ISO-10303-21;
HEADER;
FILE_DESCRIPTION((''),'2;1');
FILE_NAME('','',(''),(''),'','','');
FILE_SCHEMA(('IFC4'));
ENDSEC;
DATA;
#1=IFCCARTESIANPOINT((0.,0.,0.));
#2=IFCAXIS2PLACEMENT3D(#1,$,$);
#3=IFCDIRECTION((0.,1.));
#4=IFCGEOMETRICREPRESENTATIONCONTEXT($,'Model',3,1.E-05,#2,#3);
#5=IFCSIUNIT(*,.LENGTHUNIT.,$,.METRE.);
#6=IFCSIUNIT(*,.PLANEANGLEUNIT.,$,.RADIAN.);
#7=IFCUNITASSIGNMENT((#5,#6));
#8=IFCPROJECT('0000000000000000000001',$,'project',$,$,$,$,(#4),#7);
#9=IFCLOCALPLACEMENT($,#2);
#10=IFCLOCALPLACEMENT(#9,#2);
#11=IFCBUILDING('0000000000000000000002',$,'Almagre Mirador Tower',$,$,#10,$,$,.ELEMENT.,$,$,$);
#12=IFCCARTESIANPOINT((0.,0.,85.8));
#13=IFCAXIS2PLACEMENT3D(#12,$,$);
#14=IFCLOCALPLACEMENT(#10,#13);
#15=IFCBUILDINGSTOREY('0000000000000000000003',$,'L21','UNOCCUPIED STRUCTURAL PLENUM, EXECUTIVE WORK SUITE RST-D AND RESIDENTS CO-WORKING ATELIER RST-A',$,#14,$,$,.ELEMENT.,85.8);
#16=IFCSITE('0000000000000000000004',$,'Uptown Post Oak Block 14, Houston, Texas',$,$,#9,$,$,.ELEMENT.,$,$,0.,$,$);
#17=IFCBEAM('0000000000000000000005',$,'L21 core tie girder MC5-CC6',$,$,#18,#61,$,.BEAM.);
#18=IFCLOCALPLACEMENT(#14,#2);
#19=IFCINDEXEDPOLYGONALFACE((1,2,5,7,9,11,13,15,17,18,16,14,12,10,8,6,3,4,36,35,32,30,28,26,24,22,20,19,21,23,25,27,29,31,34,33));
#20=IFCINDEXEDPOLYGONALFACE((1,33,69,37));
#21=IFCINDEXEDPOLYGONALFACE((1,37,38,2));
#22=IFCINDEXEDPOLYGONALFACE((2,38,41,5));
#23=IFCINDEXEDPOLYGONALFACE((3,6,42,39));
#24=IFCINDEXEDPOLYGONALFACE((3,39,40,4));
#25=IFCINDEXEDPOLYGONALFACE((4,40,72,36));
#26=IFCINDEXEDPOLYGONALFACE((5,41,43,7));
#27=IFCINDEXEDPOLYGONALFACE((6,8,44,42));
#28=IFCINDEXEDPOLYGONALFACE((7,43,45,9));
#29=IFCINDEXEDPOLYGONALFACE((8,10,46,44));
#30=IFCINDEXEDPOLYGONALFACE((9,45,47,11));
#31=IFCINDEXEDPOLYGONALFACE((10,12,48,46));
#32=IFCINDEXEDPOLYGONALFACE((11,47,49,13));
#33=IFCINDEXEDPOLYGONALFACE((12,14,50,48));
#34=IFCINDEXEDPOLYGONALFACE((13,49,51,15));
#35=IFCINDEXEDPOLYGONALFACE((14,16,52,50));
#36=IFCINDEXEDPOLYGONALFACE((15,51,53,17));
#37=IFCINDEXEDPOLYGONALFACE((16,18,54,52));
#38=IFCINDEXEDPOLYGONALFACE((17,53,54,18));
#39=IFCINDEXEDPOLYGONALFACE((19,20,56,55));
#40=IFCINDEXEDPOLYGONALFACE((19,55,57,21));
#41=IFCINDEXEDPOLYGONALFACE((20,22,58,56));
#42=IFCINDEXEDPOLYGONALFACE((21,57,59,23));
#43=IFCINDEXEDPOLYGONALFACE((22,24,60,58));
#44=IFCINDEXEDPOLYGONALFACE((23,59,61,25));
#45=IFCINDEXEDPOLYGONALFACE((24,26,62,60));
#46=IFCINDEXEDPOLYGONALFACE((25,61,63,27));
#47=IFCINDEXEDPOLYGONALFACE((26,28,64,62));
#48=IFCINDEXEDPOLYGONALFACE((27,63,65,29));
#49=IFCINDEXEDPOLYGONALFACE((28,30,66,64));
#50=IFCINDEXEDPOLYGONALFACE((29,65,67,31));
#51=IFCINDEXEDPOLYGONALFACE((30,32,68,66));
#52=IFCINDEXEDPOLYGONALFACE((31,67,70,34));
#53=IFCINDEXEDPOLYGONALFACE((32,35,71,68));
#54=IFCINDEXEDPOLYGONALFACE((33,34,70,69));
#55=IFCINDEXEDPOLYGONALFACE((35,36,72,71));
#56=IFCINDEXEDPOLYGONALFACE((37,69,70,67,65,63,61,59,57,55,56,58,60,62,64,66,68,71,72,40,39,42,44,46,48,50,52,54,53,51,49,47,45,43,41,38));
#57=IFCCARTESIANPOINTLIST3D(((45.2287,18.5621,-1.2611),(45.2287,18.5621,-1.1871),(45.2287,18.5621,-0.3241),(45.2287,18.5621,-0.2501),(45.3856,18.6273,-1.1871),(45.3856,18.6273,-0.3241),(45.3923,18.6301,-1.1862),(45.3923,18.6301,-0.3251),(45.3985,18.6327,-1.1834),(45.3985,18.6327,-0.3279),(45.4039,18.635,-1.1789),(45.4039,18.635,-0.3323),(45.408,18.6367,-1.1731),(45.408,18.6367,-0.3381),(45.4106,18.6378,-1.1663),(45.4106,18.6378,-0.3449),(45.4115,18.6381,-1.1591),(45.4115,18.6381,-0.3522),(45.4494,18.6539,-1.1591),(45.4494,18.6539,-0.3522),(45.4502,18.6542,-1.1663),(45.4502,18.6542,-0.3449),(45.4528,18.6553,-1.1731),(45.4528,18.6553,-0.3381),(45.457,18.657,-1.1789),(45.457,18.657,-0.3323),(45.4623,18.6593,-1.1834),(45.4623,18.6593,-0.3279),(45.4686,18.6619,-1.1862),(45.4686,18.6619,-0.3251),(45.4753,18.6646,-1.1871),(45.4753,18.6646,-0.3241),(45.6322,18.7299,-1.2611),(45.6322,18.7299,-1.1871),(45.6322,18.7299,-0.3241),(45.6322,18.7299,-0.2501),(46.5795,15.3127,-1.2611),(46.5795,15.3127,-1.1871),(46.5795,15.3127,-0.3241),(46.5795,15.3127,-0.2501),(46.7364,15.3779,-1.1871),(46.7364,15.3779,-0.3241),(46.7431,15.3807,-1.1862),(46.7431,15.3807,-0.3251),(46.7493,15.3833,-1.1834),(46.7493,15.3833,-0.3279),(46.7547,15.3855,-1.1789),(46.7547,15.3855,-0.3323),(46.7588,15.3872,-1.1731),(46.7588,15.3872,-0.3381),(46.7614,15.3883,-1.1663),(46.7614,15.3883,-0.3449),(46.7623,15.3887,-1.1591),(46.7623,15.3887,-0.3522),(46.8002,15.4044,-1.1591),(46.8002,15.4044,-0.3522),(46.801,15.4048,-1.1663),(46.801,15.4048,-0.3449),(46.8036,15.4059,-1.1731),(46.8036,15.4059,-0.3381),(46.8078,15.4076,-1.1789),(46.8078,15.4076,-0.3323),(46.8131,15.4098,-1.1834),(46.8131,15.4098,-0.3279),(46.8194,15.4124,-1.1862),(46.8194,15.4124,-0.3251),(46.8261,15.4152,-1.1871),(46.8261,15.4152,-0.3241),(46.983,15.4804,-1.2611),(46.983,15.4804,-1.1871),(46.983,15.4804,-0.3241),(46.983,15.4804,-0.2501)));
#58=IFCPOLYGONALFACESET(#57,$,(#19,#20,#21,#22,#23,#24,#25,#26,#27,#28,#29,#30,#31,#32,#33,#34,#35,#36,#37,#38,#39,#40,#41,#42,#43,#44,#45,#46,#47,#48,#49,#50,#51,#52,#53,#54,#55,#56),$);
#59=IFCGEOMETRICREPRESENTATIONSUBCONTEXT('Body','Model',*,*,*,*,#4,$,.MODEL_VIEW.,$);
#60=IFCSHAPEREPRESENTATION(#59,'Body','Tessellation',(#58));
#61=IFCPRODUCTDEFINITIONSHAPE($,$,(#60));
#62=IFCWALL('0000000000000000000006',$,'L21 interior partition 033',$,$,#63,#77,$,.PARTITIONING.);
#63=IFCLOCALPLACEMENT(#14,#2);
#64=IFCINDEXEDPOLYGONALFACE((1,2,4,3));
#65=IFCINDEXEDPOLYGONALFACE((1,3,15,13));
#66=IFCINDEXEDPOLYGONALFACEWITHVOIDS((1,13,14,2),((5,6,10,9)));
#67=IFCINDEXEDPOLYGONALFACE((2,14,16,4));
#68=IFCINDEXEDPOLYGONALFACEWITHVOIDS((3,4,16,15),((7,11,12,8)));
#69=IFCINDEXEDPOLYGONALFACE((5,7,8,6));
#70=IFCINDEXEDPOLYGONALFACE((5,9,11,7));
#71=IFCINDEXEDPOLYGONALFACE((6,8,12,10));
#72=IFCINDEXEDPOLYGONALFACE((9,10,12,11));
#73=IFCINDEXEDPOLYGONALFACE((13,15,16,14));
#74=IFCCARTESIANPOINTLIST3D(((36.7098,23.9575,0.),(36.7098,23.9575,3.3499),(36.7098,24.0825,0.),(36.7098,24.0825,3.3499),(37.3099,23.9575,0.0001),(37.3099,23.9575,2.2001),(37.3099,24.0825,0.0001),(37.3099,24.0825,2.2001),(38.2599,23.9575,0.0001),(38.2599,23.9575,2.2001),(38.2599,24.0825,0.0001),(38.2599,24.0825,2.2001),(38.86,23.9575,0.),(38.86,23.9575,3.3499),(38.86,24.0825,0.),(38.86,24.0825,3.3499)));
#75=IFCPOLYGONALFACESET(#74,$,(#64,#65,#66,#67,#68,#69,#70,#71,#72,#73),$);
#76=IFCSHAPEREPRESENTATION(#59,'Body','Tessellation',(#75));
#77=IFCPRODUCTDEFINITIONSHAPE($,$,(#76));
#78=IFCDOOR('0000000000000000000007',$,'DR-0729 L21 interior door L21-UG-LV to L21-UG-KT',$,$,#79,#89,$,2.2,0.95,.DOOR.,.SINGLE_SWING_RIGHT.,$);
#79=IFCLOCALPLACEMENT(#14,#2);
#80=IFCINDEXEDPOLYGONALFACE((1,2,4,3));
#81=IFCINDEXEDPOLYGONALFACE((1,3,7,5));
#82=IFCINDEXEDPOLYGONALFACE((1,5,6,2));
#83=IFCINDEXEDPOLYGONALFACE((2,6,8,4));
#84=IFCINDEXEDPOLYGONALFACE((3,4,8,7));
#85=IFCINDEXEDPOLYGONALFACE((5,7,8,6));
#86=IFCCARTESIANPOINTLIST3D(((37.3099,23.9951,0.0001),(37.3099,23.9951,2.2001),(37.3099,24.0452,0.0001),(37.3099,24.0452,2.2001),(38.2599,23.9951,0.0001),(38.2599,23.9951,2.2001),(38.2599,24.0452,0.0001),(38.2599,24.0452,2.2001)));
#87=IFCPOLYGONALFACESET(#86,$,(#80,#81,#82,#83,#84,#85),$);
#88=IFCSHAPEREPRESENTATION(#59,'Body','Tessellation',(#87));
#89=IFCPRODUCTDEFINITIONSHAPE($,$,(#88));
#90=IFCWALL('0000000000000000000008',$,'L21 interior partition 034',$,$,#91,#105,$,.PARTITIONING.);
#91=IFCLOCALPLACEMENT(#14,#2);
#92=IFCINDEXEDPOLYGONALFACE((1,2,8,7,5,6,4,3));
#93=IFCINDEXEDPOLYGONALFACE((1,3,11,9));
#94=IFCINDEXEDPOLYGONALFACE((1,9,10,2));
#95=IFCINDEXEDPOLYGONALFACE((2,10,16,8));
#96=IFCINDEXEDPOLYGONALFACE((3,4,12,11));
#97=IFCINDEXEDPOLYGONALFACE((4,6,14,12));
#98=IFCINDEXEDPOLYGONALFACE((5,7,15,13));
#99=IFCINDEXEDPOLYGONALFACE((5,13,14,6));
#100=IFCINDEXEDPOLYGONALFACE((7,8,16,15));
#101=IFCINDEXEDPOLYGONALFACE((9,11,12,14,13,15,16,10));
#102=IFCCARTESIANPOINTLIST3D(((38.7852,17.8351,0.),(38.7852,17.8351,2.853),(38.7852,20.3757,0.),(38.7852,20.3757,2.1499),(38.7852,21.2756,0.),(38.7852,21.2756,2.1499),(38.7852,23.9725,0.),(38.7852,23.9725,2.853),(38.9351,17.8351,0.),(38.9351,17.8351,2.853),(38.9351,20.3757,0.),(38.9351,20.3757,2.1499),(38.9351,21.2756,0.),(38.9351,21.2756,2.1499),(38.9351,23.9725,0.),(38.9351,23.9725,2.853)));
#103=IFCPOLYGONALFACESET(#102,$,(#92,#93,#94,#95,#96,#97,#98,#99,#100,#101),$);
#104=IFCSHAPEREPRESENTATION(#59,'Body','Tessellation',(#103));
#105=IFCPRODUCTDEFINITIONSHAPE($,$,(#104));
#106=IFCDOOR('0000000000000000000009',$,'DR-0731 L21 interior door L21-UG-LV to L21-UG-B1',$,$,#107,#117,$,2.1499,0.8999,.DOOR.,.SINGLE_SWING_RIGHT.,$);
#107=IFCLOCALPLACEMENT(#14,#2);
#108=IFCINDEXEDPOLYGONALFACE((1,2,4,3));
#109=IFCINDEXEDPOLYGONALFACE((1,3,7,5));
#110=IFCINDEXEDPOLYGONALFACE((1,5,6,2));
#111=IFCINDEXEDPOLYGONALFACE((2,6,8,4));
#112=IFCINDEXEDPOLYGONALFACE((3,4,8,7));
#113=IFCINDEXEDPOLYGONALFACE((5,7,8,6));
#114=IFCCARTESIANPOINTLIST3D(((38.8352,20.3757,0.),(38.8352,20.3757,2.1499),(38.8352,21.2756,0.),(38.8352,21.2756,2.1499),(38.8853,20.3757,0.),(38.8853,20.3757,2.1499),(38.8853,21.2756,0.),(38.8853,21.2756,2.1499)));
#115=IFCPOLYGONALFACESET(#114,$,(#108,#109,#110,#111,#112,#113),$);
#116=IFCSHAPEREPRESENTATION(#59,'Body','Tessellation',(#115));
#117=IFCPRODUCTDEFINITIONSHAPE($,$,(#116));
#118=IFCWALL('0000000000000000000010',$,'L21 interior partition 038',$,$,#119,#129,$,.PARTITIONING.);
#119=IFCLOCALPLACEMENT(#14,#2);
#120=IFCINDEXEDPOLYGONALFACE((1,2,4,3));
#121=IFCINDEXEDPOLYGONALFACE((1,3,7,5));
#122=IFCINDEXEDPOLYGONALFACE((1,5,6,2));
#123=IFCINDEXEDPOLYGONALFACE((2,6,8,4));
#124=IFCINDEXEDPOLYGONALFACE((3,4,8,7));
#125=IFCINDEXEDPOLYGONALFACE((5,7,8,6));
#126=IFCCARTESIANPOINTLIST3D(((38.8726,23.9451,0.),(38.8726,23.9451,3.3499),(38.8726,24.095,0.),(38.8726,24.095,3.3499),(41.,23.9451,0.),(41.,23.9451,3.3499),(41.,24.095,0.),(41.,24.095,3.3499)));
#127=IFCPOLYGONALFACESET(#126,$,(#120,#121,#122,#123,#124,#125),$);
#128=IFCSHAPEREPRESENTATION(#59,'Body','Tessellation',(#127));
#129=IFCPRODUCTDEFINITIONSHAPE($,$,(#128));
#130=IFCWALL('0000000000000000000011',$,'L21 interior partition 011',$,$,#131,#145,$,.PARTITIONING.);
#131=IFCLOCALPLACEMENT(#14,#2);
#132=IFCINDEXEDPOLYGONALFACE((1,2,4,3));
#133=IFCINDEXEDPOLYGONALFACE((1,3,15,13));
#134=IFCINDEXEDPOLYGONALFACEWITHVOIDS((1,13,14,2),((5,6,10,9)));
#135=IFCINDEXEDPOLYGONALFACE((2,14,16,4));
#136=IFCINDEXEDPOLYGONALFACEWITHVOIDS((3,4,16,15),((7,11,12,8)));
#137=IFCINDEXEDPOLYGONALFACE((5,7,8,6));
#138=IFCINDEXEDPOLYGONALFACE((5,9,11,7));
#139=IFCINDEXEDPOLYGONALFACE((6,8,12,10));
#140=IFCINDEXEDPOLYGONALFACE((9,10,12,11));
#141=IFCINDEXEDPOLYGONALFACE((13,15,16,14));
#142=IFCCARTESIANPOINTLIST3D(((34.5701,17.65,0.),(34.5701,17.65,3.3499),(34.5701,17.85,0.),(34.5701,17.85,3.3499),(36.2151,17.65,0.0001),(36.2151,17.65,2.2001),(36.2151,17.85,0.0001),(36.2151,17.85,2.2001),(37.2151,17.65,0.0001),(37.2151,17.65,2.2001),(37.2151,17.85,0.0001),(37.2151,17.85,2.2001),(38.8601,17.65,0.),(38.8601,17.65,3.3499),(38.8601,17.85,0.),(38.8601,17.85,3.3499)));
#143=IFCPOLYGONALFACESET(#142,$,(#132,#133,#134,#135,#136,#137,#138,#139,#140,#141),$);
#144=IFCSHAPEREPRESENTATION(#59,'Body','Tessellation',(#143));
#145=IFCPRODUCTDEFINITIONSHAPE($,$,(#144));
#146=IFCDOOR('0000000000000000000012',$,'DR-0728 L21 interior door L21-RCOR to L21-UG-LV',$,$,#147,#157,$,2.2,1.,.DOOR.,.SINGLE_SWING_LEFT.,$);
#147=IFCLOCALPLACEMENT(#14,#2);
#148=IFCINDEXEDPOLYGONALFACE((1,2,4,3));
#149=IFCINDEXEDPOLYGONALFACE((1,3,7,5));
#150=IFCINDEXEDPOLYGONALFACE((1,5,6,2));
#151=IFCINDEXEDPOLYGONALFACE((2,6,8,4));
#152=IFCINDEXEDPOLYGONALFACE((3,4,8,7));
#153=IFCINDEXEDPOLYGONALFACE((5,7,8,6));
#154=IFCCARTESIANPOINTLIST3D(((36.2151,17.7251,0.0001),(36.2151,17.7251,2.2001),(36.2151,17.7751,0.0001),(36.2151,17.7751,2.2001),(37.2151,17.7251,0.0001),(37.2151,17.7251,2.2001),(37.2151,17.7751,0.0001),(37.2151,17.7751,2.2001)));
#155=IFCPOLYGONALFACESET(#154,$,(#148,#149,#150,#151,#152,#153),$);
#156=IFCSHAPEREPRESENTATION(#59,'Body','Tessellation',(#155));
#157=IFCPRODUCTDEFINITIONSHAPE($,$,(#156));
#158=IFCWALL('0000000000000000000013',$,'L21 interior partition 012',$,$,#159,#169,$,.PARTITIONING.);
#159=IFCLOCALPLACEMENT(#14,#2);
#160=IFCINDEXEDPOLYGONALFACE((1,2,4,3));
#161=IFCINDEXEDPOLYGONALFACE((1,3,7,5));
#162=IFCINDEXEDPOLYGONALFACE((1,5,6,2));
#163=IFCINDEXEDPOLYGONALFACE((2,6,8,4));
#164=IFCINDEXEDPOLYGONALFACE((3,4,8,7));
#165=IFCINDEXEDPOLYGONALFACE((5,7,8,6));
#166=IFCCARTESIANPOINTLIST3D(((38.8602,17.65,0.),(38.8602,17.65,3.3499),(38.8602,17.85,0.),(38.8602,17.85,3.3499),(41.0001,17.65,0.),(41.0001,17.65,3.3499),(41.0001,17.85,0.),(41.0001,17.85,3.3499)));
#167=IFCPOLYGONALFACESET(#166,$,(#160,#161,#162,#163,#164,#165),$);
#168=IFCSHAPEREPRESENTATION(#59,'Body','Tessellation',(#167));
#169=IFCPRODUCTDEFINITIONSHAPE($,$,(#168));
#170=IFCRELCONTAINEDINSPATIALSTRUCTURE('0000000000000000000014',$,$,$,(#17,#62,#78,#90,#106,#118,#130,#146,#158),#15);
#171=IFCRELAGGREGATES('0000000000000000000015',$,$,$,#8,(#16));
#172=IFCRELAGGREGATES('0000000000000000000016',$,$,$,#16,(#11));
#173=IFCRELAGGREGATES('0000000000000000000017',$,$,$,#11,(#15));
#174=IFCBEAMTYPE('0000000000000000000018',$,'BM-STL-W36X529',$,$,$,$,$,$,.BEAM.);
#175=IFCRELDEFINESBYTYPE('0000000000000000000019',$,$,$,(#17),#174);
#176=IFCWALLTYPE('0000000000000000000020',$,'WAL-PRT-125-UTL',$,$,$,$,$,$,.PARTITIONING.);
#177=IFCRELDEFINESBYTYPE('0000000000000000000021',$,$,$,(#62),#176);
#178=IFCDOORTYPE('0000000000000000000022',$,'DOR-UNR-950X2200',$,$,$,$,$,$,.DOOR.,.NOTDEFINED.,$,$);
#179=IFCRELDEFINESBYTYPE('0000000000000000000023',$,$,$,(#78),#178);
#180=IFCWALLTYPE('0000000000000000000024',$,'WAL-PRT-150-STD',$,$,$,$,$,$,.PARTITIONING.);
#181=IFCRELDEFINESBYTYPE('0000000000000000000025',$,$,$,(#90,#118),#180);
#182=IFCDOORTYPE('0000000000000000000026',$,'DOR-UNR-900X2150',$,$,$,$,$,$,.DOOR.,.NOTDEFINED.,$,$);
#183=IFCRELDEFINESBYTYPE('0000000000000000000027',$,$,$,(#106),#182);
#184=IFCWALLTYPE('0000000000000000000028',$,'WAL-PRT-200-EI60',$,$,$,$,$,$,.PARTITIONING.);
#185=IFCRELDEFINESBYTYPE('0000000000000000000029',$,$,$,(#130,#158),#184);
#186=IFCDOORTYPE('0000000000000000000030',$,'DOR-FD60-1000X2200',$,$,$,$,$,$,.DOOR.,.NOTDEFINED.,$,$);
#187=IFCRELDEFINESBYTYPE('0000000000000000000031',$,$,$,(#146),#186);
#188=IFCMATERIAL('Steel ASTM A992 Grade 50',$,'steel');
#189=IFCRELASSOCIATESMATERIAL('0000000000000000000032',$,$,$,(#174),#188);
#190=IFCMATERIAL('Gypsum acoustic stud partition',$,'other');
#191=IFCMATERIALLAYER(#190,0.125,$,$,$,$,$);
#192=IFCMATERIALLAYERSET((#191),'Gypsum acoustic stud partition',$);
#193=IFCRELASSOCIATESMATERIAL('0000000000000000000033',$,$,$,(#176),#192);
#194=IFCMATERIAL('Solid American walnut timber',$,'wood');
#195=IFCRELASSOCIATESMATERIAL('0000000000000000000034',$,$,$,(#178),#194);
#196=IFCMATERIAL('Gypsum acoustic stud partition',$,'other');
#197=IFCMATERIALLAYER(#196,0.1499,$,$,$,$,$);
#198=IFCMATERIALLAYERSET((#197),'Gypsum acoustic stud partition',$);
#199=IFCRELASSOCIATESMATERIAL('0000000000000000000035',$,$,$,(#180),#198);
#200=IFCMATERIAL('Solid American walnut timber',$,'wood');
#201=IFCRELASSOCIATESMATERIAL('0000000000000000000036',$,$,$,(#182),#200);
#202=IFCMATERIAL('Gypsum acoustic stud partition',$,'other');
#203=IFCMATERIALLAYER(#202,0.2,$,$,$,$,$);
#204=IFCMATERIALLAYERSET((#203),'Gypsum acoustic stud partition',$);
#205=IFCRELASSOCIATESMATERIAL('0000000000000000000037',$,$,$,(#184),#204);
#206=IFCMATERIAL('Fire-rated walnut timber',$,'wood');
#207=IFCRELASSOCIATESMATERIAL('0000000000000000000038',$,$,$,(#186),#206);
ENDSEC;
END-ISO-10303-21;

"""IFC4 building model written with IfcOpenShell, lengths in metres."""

from ifc_helpers import new_model, si_unit, direction, frame, frame_2d, origin, origin_2d, place, context, subcontext, project, spatial, rectangle, i_section, extrude, material, layer, layer_set, material_profile, profile_set, type_object, element, fill, save


model = new_model("IFC4")

# Units and contexts
model_context = context("Model", 3, precision=1e-05, world=origin(), true_north=direction((0.0, 1.0)))
body_context = subcontext(model_context, "Body", "Model", "MODEL_VIEW")
ifc_project = project(units=[si_unit("LENGTHUNIT", "METRE"), si_unit("PLANEANGLEUNIT", "RADIAN")], contexts=[model_context])

# Site, building, storey
site_placement = place(None, origin())
site = spatial("IfcSite", under=ifc_project, at=site_placement, Name="Uptown Post Oak Block 14, Houston, Texas", CompositionType="ELEMENT", RefElevation=0.0)
building_placement = place(site_placement, origin())
building = spatial("IfcBuilding", under=site, at=building_placement, Name="Almagre Mirador Tower", CompositionType="ELEMENT")
storey_placement = place(building_placement, frame((0.0, 0.0, 85.8)))
storey = spatial("IfcBuildingStorey", under=building, at=storey_placement, Name="L21", Description="UNOCCUPIED STRUCTURAL PLENUM, EXECUTIVE WORK SUITE RST-D AND RESIDENTS CO-WORKING ATELIER RST-A", CompositionType="ELEMENT", Elevation=85.8)

# Beam
ifc_material_1 = material(Name="Steel ASTM A992 Grade 50", Category="steel")
ifc_material_profile_1 = material_profile(ifc_material_1, i_section(OverallWidth=0.437, OverallDepth=1.011, WebThickness=0.041, FlangeThickness=0.074, FilletRadius=0.0281, at=origin_2d()), Name="W36X529")
ifc_profile_set_1 = profile_set([ifc_material_profile_1], Name="Steel ASTM A992 Grade 50")
beam_type_1 = type_object("IfcBeamType", Name="BM-STL-W36X529", PredefinedType="BEAM", material=ifc_profile_set_1)
beam_1_placement = place(storey_placement, frame((45.4304, 18.646, -0.7556), z_axis=(0.383857, -0.923393, 0.0), x_axis=(0.923393, 0.383857, 0.0)))
element("IfcBeam", 1, at=beam_1_placement, inside=storey, type_object=beam_type_1, Name="L21 core tie girder MC5-CC6", PredefinedType="BEAM", context=body_context, shape_type="SweptSolid", body=[
    extrude(i_section(OverallWidth=0.437, OverallDepth=1.011, WebThickness=0.041, FlangeThickness=0.074, FilletRadius=0.0281, at=origin_2d()), origin(), (0.0, 0.0, 1.0), 3.519),
])

# Walls, openings, doors
ifc_material_2 = material(Name="Gypsum acoustic stud partition", Category="other")
ifc_layer_1 = layer(ifc_material_2, 0.125)
ifc_layer_set_1 = layer_set([ifc_layer_1], Name="Gypsum acoustic stud partition")
wall_type_1 = type_object("IfcWallType", Name="WAL-PRT-125-UTL", PredefinedType="PARTITIONING", material=ifc_layer_set_1)
wall_1_placement = place(storey_placement, frame((38.8601, 24.02, 0.0), z_axis=(0.0, 0.0, 1.0), x_axis=(-1.0, 0.0, 0.0)))
wall_1 = element("IfcWall", 2, at=wall_1_placement, inside=storey, type_object=wall_type_1, Name="L21 interior partition 033", PredefinedType="PARTITIONING", context=body_context, shape_type="SweptSolid", body=[
    extrude(rectangle(XDim=2.1501, YDim=0.125, at=frame_2d((1.0752, 0.0))), origin(), (0.0, 0.0, 1.0), 3.3499),
])
opening_1_placement = place(wall_1_placement, frame((0.6001, 0.0, 0.0)))
opening_1 = element("IfcOpeningElement", 3, at=opening_1_placement, cuts=wall_1, PredefinedType="OPENING", context=body_context, shape_type="SweptSolid", body=[
    extrude(rectangle(XDim=0.95, YDim=2.2, at=frame_2d((0.4751, 1.1001))), frame((0.0, 0.0725, 0.0), z_axis=(0.0, -1.0, 0.0), x_axis=(1.0, 0.0, 0.0)), (0.0, 0.0, 1.0), 0.145),
])
ifc_material_3 = material(Name="Solid American walnut timber", Category="wood")
door_type_1 = type_object("IfcDoorType", Name="DOR-UNR-950X2200", OperationType="NOTDEFINED", PredefinedType="DOOR", material=ifc_material_3)
door_1_placement = place(opening_1_placement, origin())
door_1 = element("IfcDoor", 4, at=door_1_placement, inside=storey, type_object=door_type_1, Name="DR-0729 L21 interior door L21-UG-LV to L21-UG-KT", OperationType="SINGLE_SWING_RIGHT", OverallHeight=2.2, OverallWidth=0.95, PredefinedType="DOOR", context=body_context, shape_type="SweptSolid", body=[
    extrude(rectangle(XDim=0.95, YDim=2.2, at=frame_2d((0.4751, 1.1001))), frame((0.0, 0.0249, 0.0), z_axis=(0.0, -1.0, 0.0), x_axis=(1.0, 0.0, 0.0)), (0.0, 0.0, 1.0), 0.05),
])
fill(opening_1, door_1)
ifc_material_4 = material(Name="Gypsum acoustic stud partition", Category="other")
ifc_layer_2 = layer(ifc_material_4, 0.1499)
ifc_layer_set_2 = layer_set([ifc_layer_2], Name="Gypsum acoustic stud partition")
wall_type_2 = type_object("IfcWallType", Name="WAL-PRT-150-STD", PredefinedType="PARTITIONING", material=ifc_layer_set_2)
wall_2_placement = place(storey_placement, frame((38.8601, 17.835, 0.0), z_axis=(0.0, 0.0, 1.0), x_axis=(0.0, 1.0, 0.0)))
wall_2 = element("IfcWall", 5, at=wall_2_placement, inside=storey, type_object=wall_type_2, Name="L21 interior partition 034", PredefinedType="PARTITIONING", context=body_context, shape_type="SweptSolid", body=[
    extrude(rectangle(XDim=6.1375, YDim=0.1499, at=frame_2d((3.0688, 0.0))), origin(), (0.0, 0.0, 1.0), 2.853),
])
opening_2_placement = place(wall_2_placement, frame((2.5408, 0.0, 0.0)))
opening_2 = element("IfcOpeningElement", 6, at=opening_2_placement, cuts=wall_2, PredefinedType="OPENING", context=body_context, shape_type="SweptSolid", body=[
    extrude(rectangle(XDim=0.8999, YDim=2.1499, at=frame_2d((0.45, 1.075))), frame((0.0, 0.085, 0.0), z_axis=(0.0, -1.0, 0.0), x_axis=(1.0, 0.0, 0.0)), (0.0, 0.0, 1.0), 0.1699),
])
ifc_material_5 = material(Name="Solid American walnut timber", Category="wood")
door_type_2 = type_object("IfcDoorType", Name="DOR-UNR-900X2150", OperationType="NOTDEFINED", PredefinedType="DOOR", material=ifc_material_5)
door_2_placement = place(opening_2_placement, origin())
door_2 = element("IfcDoor", 7, at=door_2_placement, inside=storey, type_object=door_type_2, Name="DR-0731 L21 interior door L21-UG-LV to L21-UG-B1", OperationType="SINGLE_SWING_RIGHT", OverallHeight=2.1499, OverallWidth=0.8999, PredefinedType="DOOR", context=body_context, shape_type="SweptSolid", body=[
    extrude(rectangle(XDim=0.8999, YDim=2.1499, at=frame_2d((0.45, 1.075))), frame((0.0, 0.0249, 0.0), z_axis=(0.0, -1.0, 0.0), x_axis=(1.0, 0.0, 0.0)), (0.0, 0.0, 1.0), 0.05),
])
fill(opening_2, door_2)

# Wall
wall_3_placement = place(storey_placement, frame((38.8726, 24.02, 0.0), z_axis=(0.0, 0.0, 1.0), x_axis=(1.0, 0.0, 0.0)))
element("IfcWall", 8, at=wall_3_placement, inside=storey, type_object=wall_type_2, Name="L21 interior partition 038", PredefinedType="PARTITIONING", context=body_context, shape_type="SweptSolid", body=[
    extrude(rectangle(XDim=2.1274, YDim=0.1499, at=frame_2d((1.0637, 0.0))), origin(), (0.0, 0.0, 1.0), 3.3499),
])

# Wall, opening, door
ifc_material_6 = material(Name="Gypsum acoustic stud partition", Category="other")
ifc_layer_3 = layer(ifc_material_6, 0.2)
ifc_layer_set_3 = layer_set([ifc_layer_3], Name="Gypsum acoustic stud partition")
wall_type_3 = type_object("IfcWallType", Name="WAL-PRT-200-EI60", PredefinedType="PARTITIONING", material=ifc_layer_set_3)
wall_4_placement = place(storey_placement, frame((38.8601, 17.75, 0.0), z_axis=(0.0, 0.0, 1.0), x_axis=(-1.0, 0.0, 0.0)))
wall_4 = element("IfcWall", 9, at=wall_4_placement, inside=storey, type_object=wall_type_3, Name="L21 interior partition 011", PredefinedType="PARTITIONING", context=body_context, shape_type="SweptSolid", body=[
    extrude(rectangle(XDim=4.29, YDim=0.2, at=frame_2d((2.145, 0.0))), origin(), (0.0, 0.0, 1.0), 3.3499),
])
opening_3_placement = place(wall_4_placement, frame((1.645, 0.0, 0.0)))
opening_3 = element("IfcOpeningElement", 10, at=opening_3_placement, cuts=wall_4, PredefinedType="OPENING", context=body_context, shape_type="SweptSolid", body=[
    extrude(rectangle(XDim=1.0, YDim=2.2, at=frame_2d((0.5, 1.1001))), frame((0.0, 0.1101, 0.0), z_axis=(0.0, -1.0, 0.0), x_axis=(1.0, 0.0, 0.0)), (0.0, 0.0, 1.0), 0.22),
])
ifc_material_7 = material(Name="Fire-rated walnut timber", Category="wood")
door_type_3 = type_object("IfcDoorType", Name="DOR-FD60-1000X2200", OperationType="NOTDEFINED", PredefinedType="DOOR", material=ifc_material_7)
door_3_placement = place(opening_3_placement, origin())
door_3 = element("IfcDoor", 11, at=door_3_placement, inside=storey, type_object=door_type_3, Name="DR-0728 L21 interior door L21-RCOR to L21-UG-LV", OperationType="SINGLE_SWING_LEFT", OverallHeight=2.2, OverallWidth=1.0, PredefinedType="DOOR", context=body_context, shape_type="SweptSolid", body=[
    extrude(rectangle(XDim=1.0, YDim=2.2, at=frame_2d((0.5, 1.1001))), frame((0.0, 0.0249, 0.0), z_axis=(0.0, -1.0, 0.0), x_axis=(1.0, 0.0, 0.0)), (0.0, 0.0, 1.0), 0.05),
])
fill(opening_3, door_3)

# Wall
wall_5_placement = place(storey_placement, frame((41.0, 17.75, 0.0), z_axis=(0.0, 0.0, 1.0), x_axis=(-1.0, 0.0, 0.0)))
element("IfcWall", 12, at=wall_5_placement, inside=storey, type_object=wall_type_3, Name="L21 interior partition 012", PredefinedType="PARTITIONING", context=body_context, shape_type="SweptSolid", body=[
    extrude(rectangle(XDim=2.1399, YDim=0.2, at=frame_2d((1.0698, 0.0))), origin(), (0.0, 0.0, 1.0), 3.3499),
])

save(model, "model.ifc")
